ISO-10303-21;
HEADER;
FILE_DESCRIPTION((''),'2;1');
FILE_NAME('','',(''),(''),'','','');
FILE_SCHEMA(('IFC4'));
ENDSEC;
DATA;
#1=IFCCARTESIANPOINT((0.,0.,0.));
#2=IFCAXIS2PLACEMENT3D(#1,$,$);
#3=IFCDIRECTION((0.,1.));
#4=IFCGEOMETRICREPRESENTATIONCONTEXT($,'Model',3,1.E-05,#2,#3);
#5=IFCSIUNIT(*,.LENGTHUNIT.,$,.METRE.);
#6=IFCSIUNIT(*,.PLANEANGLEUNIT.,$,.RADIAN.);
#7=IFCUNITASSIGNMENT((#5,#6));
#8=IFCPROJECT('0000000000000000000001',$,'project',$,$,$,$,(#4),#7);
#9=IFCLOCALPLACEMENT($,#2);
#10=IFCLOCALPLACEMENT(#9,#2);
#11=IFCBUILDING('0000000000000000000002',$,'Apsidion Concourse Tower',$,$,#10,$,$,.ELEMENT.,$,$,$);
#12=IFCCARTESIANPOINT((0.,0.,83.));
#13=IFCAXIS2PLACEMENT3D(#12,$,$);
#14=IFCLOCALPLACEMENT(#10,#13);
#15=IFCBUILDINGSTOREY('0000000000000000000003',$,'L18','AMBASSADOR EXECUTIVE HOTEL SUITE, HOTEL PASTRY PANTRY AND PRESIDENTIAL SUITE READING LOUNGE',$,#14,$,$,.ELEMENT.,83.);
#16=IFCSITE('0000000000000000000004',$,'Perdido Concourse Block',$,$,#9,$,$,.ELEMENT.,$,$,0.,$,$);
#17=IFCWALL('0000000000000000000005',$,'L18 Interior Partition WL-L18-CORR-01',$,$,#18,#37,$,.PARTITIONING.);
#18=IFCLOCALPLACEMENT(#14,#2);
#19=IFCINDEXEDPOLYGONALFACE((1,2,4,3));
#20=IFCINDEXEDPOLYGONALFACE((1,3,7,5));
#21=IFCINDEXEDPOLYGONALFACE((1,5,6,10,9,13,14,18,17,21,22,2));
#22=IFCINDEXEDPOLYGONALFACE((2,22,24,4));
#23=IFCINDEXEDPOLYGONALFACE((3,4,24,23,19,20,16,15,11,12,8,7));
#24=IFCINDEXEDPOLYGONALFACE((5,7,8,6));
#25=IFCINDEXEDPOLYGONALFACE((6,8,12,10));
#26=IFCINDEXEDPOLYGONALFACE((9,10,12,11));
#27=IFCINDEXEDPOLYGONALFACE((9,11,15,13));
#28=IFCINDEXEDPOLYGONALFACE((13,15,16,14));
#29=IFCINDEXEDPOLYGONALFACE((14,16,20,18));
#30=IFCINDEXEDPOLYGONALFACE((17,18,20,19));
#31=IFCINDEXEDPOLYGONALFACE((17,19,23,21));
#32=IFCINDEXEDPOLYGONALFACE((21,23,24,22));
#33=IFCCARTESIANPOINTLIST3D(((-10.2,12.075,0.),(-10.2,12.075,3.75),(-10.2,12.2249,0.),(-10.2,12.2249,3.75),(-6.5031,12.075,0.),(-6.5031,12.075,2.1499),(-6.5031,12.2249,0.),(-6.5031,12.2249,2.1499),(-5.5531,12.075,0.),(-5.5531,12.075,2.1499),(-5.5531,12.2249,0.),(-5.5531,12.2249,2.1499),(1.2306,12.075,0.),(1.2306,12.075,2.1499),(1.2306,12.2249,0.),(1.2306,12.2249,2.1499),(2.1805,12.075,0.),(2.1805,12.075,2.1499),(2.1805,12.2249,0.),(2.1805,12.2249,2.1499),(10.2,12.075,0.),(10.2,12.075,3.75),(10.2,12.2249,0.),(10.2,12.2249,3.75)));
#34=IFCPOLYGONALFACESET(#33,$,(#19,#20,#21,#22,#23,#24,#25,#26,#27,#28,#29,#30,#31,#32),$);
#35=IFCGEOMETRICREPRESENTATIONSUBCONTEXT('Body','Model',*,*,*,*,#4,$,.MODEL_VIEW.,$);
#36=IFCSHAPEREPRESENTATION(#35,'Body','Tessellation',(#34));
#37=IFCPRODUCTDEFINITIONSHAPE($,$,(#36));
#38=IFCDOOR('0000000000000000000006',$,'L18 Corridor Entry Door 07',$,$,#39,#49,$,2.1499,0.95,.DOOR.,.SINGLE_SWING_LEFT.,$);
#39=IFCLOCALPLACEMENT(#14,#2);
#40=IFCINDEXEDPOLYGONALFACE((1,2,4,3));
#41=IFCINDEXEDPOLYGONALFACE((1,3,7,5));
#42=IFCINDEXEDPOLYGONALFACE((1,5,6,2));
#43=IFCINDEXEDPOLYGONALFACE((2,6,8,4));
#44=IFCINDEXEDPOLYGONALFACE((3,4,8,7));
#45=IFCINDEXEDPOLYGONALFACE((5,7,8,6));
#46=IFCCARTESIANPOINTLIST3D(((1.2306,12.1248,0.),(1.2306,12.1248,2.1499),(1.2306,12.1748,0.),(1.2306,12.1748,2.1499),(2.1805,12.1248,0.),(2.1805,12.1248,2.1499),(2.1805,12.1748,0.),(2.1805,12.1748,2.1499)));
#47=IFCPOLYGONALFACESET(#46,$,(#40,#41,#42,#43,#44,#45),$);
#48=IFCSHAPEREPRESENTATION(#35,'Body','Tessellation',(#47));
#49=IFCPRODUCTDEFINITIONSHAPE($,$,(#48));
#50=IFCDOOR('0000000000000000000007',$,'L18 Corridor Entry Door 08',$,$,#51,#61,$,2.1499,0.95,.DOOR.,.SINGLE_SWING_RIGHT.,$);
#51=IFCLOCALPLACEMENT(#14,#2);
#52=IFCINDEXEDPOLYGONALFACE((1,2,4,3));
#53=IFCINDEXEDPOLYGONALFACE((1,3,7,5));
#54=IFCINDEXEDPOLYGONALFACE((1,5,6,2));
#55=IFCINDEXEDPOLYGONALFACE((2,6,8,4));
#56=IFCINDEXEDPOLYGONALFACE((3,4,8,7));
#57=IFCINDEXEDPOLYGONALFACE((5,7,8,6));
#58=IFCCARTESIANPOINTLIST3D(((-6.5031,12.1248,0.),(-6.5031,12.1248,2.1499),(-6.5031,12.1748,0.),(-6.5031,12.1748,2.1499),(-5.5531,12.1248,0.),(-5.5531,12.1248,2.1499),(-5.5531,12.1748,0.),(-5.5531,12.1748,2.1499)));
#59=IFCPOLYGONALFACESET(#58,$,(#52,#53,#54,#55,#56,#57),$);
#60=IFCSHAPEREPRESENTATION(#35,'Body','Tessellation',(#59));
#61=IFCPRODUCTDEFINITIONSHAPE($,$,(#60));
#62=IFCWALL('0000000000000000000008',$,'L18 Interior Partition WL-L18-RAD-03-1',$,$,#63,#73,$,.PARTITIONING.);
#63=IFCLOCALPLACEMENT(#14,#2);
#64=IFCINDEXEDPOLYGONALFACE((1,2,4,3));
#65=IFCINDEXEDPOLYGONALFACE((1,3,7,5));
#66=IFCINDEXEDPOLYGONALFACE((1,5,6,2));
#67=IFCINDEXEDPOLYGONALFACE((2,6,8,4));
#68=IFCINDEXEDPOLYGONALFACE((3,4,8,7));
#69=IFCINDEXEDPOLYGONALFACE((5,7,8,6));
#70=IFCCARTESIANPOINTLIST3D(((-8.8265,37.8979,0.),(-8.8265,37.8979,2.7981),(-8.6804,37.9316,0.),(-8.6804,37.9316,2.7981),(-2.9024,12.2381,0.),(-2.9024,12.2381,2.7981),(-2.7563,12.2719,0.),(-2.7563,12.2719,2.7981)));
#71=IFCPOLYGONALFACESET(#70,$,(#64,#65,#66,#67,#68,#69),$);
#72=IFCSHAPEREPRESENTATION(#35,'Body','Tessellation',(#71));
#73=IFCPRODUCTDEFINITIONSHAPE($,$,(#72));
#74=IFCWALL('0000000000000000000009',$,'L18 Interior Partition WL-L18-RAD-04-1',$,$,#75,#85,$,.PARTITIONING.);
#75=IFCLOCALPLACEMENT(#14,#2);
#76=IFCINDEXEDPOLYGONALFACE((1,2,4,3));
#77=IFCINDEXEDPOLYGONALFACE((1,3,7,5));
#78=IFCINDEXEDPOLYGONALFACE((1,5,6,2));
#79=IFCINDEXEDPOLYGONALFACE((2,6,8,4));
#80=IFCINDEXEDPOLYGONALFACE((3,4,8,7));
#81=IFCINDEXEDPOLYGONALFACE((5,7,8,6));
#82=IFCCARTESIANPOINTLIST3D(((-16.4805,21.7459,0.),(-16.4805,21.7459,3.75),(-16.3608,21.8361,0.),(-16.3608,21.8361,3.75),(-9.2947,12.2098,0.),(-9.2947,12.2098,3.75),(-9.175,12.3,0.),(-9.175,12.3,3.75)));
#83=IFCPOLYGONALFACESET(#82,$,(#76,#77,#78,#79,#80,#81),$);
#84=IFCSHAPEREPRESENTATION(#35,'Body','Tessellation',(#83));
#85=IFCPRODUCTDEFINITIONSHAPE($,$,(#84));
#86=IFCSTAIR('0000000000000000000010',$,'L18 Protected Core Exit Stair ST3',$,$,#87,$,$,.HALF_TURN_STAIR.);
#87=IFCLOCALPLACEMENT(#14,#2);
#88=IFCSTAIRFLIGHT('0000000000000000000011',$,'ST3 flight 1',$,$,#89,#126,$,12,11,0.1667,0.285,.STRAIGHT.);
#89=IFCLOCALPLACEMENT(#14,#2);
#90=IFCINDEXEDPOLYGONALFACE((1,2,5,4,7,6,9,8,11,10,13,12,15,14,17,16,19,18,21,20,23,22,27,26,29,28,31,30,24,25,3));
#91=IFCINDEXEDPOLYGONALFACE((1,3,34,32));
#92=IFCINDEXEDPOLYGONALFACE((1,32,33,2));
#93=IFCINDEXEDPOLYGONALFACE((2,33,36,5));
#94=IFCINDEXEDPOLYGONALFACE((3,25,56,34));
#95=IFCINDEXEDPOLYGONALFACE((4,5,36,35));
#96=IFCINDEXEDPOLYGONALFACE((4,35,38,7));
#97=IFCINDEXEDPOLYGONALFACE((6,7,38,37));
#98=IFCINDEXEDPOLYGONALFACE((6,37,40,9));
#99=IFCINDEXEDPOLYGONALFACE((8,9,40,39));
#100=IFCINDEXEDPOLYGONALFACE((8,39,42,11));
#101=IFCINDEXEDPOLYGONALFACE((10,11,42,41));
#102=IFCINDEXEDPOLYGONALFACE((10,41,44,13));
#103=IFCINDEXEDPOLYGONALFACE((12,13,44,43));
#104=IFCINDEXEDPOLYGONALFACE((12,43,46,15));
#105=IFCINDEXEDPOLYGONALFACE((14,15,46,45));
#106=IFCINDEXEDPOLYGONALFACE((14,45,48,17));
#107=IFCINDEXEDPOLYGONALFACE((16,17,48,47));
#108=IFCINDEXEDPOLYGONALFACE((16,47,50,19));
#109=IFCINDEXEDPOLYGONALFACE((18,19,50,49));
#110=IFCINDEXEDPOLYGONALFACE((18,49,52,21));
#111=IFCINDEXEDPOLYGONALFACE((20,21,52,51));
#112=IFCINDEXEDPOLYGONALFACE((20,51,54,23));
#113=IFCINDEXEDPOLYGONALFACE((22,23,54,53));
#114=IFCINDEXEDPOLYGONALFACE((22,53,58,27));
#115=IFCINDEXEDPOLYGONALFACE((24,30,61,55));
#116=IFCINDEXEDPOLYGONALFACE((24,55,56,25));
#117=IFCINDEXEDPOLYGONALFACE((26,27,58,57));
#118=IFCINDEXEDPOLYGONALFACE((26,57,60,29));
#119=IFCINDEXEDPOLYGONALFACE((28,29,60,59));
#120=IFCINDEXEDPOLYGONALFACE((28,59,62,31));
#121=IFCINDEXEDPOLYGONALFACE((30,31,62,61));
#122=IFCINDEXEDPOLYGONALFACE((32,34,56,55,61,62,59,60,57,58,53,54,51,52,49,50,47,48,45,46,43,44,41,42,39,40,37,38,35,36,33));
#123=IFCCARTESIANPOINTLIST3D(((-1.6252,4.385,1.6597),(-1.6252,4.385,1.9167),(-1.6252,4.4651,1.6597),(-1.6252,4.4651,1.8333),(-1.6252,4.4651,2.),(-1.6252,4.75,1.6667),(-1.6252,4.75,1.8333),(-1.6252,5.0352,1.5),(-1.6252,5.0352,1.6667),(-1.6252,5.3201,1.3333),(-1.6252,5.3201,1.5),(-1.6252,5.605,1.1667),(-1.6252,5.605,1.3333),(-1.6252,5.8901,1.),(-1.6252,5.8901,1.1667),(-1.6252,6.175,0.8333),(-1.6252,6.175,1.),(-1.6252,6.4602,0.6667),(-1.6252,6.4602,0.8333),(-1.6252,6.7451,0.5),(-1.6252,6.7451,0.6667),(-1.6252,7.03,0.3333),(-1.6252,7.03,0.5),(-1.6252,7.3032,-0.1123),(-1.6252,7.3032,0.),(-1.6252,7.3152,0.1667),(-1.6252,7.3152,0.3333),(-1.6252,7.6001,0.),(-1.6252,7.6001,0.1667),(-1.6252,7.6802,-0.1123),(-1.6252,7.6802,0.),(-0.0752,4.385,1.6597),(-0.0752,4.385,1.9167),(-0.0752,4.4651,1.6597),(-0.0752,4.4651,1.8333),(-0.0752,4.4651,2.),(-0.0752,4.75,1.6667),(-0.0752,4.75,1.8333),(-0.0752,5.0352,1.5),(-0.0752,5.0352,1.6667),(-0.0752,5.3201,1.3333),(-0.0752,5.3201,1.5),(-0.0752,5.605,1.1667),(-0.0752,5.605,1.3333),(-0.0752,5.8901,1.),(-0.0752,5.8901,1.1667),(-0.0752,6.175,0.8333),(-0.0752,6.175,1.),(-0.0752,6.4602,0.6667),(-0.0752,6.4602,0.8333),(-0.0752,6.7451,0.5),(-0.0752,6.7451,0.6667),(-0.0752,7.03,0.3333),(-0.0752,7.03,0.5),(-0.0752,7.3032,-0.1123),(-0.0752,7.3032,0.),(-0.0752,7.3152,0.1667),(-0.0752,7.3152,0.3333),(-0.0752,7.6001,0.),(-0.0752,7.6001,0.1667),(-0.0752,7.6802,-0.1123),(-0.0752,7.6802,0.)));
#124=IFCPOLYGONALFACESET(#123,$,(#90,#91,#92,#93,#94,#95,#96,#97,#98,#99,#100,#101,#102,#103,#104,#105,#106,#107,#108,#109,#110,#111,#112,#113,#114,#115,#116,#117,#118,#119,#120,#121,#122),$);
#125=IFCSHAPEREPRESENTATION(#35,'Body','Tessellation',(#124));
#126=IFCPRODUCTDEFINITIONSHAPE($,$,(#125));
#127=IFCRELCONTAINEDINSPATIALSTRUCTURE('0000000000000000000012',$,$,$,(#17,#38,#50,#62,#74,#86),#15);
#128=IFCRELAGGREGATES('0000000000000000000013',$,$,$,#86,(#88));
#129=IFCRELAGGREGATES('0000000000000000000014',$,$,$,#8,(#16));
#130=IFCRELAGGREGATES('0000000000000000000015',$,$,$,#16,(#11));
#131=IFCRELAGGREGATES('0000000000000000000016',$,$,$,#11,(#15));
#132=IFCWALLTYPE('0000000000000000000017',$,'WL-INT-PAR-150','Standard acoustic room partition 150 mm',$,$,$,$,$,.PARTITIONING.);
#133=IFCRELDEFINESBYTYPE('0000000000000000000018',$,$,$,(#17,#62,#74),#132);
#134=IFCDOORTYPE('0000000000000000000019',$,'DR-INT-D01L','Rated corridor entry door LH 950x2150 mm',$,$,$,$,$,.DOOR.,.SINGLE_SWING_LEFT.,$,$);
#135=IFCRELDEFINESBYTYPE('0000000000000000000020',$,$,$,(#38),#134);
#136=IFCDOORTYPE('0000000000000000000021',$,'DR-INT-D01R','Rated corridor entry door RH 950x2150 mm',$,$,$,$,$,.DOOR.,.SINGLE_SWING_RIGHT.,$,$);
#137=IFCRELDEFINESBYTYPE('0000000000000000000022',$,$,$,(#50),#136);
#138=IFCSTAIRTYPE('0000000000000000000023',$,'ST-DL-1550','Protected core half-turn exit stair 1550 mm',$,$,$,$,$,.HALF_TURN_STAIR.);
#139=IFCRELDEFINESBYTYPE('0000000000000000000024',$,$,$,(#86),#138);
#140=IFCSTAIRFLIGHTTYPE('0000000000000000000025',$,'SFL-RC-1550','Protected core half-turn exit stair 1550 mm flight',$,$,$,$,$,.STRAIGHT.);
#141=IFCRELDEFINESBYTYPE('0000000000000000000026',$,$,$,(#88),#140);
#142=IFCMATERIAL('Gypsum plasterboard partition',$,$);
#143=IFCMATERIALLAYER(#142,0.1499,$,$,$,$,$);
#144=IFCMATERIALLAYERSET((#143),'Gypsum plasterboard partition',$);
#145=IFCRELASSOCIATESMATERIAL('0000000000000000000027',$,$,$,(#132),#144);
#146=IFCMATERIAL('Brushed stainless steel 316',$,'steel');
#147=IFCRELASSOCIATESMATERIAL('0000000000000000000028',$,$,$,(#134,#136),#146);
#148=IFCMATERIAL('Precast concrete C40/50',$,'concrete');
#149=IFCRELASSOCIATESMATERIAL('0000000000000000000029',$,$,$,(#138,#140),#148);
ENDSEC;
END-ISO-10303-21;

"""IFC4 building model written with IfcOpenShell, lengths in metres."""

from ifc_helpers import new_model, si_unit, direction, frame, frame_2d, origin, place, context, subcontext, project, spatial, polyline, rectangle, outline, extrude, material, layer, layer_set, type_object, element, fill, aggregate, save


model = new_model("IFC4")

# Units and contexts
model_context = context("Model", 3, precision=1e-05, world=origin(), true_north=direction((0.0, 1.0)))
body_context = subcontext(model_context, "Body", "Model", "MODEL_VIEW")
ifc_project = project(units=[si_unit("LENGTHUNIT", "METRE"), si_unit("PLANEANGLEUNIT", "RADIAN")], contexts=[model_context])

# Site, building, storey
site_placement = place(None, origin())
site = spatial("IfcSite", under=ifc_project, at=site_placement, Name="Perdido Concourse Block", CompositionType="ELEMENT", RefElevation=0.0)
building_placement = place(site_placement, origin())
building = spatial("IfcBuilding", under=site, at=building_placement, Name="Apsidion Concourse Tower", CompositionType="ELEMENT")
storey_placement = place(building_placement, frame((0.0, 0.0, 83.0)))
storey = spatial("IfcBuildingStorey", under=building, at=storey_placement, Name="L18", Description="AMBASSADOR EXECUTIVE HOTEL SUITE, HOTEL PASTRY PANTRY AND PRESIDENTIAL SUITE READING LOUNGE", CompositionType="ELEMENT", Elevation=83.0)

# Shared definitions
ifc_material_1 = material(Name="Precast concrete C40/50", Category="concrete")
ifc_material_2 = material(Name="Gypsum plasterboard partition")

# Wall, openings, doors
ifc_layer_1 = layer(ifc_material_2, 0.1499)
ifc_layer_set_1 = layer_set([ifc_layer_1], Name="Gypsum plasterboard partition")
wall_type_1 = type_object("IfcWallType", Name="WL-INT-PAR-150", Description="Standard acoustic room partition 150 mm", PredefinedType="PARTITIONING", material=ifc_layer_set_1)
wall_1_placement = place(storey_placement, frame((-10.2, 12.1499, 0.0), z_axis=(0.0, 0.0, 1.0), x_axis=(1.0, 0.0, 0.0)))
wall_1 = element("IfcWall", 1, at=wall_1_placement, inside=storey, type_object=wall_type_1, Name="L18 Interior Partition WL-L18-CORR-01", PredefinedType="PARTITIONING", context=body_context, shape_type="SweptSolid", body=[
    extrude(rectangle(XDim=20.3999, YDim=0.1499, at=frame_2d((10.2, 0.0))), origin(), (0.0, 0.0, 1.0), 3.75),
])
opening_1_placement = place(wall_1_placement, frame((11.4304, 0.0, 0.0)))
opening_1 = element("IfcOpeningElement", 2, at=opening_1_placement, cuts=wall_1, PredefinedType="OPENING", context=body_context, shape_type="SweptSolid", body=[
    extrude(rectangle(XDim=0.95, YDim=2.1499, at=frame_2d((0.4751, 1.075))), frame((0.0, 0.085, 0.0), z_axis=(0.0, -1.0, 0.0), x_axis=(1.0, 0.0, 0.0)), (0.0, 0.0, 1.0), 0.1699),
])
opening_2_placement = place(wall_1_placement, frame((3.6968, 0.0, 0.0)))
opening_2 = element("IfcOpeningElement", 3, at=opening_2_placement, cuts=wall_1, PredefinedType="OPENING", context=body_context, shape_type="SweptSolid", body=[
    extrude(rectangle(XDim=0.95, YDim=2.1499, at=frame_2d((0.4751, 1.075))), frame((0.0, 0.085, 0.0), z_axis=(0.0, -1.0, 0.0), x_axis=(1.0, 0.0, 0.0)), (0.0, 0.0, 1.0), 0.1699),
])
ifc_material_3 = material(Name="Brushed stainless steel 316", Category="steel")
door_type_1 = type_object("IfcDoorType", Name="DR-INT-D01L", Description="Rated corridor entry door LH 950x2150 mm", OperationType="SINGLE_SWING_LEFT", PredefinedType="DOOR", material=ifc_material_3)
door_1_placement = place(opening_1_placement, origin())
door_1 = element("IfcDoor", 4, at=door_1_placement, inside=storey, type_object=door_type_1, Name="L18 Corridor Entry Door 07", OperationType="SINGLE_SWING_LEFT", OverallHeight=2.1499, OverallWidth=0.95, PredefinedType="DOOR", context=body_context, shape_type="SweptSolid", body=[
    extrude(rectangle(XDim=0.95, YDim=2.1499, at=frame_2d((0.4751, 1.075))), frame((0.0, 0.0249, 0.0), z_axis=(0.0, -1.0, 0.0), x_axis=(1.0, 0.0, 0.0)), (0.0, 0.0, 1.0), 0.05),
])
fill(opening_1, door_1)
door_type_2 = type_object("IfcDoorType", Name="DR-INT-D01R", Description="Rated corridor entry door RH 950x2150 mm", OperationType="SINGLE_SWING_RIGHT", PredefinedType="DOOR", material=ifc_material_3)
door_2_placement = place(opening_2_placement, origin())
door_2 = element("IfcDoor", 5, at=door_2_placement, inside=storey, type_object=door_type_2, Name="L18 Corridor Entry Door 08", OperationType="SINGLE_SWING_RIGHT", OverallHeight=2.1499, OverallWidth=0.95, PredefinedType="DOOR", context=body_context, shape_type="SweptSolid", body=[
    extrude(rectangle(XDim=0.95, YDim=2.1499, at=frame_2d((0.4751, 1.075))), frame((0.0, 0.0249, 0.0), z_axis=(0.0, -1.0, 0.0), x_axis=(1.0, 0.0, 0.0)), (0.0, 0.0, 1.0), 0.05),
])
fill(opening_2, door_2)

# Walls
wall_2_placement = place(storey_placement, frame((-2.8293, 12.2549, 0.0), z_axis=(0.0, 0.0, 1.0), x_axis=(-0.224954, 0.974369, 0.0)))
element("IfcWall", 6, at=wall_2_placement, inside=storey, type_object=wall_type_1, Name="L18 Interior Partition WL-L18-RAD-03-1", PredefinedType="PARTITIONING", context=body_context, shape_type="SweptSolid", body=[
    extrude(rectangle(XDim=26.3347, YDim=0.1499, at=frame_2d((13.1675, 0.0))), origin(), (0.0, 0.0, 1.0), 2.7981),
])
wall_3_placement = place(storey_placement, frame((-9.2349, 12.2549, 0.0), z_axis=(0.0, 0.0, 1.0), x_axis=(-0.601804, 0.798644, 0.0)))
element("IfcWall", 7, at=wall_3_placement, inside=storey, type_object=wall_type_1, Name="L18 Interior Partition WL-L18-RAD-04-1", PredefinedType="PARTITIONING", context=body_context, shape_type="SweptSolid", body=[
    extrude(rectangle(XDim=11.9404, YDim=0.1499, at=frame_2d((5.9702, 0.0))), origin(), (0.0, 0.0, 1.0), 3.75),
])

# Stair, stair flight
stair_type = type_object("IfcStairType", Name="ST-DL-1550", Description="Protected core half-turn exit stair 1550 mm", PredefinedType="HALF_TURN_STAIR", material=ifc_material_1)
stair_placement = place(storey_placement, origin())
stair = element("IfcStair", 8, at=stair_placement, inside=storey, type_object=stair_type, Name="L18 Protected Core Exit Stair ST3", PredefinedType="HALF_TURN_STAIR")
stair_flight_type = type_object("IfcStairFlightType", Name="SFL-RC-1550", Description="Protected core half-turn exit stair 1550 mm flight", PredefinedType="STRAIGHT", material=ifc_material_1)
stair_flight_placement = place(storey_placement, frame((-0.8501, 7.6001, 0.0), z_axis=(0.0, 0.0, 1.0), x_axis=(0.0, -1.0, 0.0)))
stair_flight = element("IfcStairFlight", 9, at=stair_flight_placement, type_object=stair_flight_type, Name="ST3 flight 1", NumberOfRisers=12, NumberOfTreads=11, PredefinedType="STRAIGHT", RiserHeight=0.1667, TreadLength=0.285, context=body_context, shape_type="SweptSolid", body=[
    extrude(outline(polyline([(-0.0801, -0.1123), (-0.0801, 0.0), (0.0, 0.0), (0.0, 0.1667), (0.2849, 0.1667), (0.2849, 0.3333), (0.5701, 0.3333), (0.5701, 0.5), (0.855, 0.5), (0.855, 0.6667), (1.1399, 0.6667), (1.1399, 0.8333), (1.425, 0.8333), (1.425, 1.0), (1.71, 1.0), (1.71, 1.1667), (1.9951, 1.1667), (1.9951, 1.3333), (2.28, 1.3333), (2.28, 1.5), (2.5649, 1.5), (2.5649, 1.6667), (2.8501, 1.6667), (2.8501, 1.8333), (3.135, 1.8333), (3.135, 2.0), (3.2151, 1.9167), (3.2151, 1.6597), (3.135, 1.6597), (0.2969, 0.0), (0.2969, -0.1123), (-0.0801, -0.1123)])), frame((0.0, 0.7749, 0.0), z_axis=(0.0, -1.0, 0.0), x_axis=(1.0, 0.0, 0.0)), (0.0, 0.0, 1.0), 1.55),
])
aggregate(stair, [stair_flight])

save(model, "model.ifc")
